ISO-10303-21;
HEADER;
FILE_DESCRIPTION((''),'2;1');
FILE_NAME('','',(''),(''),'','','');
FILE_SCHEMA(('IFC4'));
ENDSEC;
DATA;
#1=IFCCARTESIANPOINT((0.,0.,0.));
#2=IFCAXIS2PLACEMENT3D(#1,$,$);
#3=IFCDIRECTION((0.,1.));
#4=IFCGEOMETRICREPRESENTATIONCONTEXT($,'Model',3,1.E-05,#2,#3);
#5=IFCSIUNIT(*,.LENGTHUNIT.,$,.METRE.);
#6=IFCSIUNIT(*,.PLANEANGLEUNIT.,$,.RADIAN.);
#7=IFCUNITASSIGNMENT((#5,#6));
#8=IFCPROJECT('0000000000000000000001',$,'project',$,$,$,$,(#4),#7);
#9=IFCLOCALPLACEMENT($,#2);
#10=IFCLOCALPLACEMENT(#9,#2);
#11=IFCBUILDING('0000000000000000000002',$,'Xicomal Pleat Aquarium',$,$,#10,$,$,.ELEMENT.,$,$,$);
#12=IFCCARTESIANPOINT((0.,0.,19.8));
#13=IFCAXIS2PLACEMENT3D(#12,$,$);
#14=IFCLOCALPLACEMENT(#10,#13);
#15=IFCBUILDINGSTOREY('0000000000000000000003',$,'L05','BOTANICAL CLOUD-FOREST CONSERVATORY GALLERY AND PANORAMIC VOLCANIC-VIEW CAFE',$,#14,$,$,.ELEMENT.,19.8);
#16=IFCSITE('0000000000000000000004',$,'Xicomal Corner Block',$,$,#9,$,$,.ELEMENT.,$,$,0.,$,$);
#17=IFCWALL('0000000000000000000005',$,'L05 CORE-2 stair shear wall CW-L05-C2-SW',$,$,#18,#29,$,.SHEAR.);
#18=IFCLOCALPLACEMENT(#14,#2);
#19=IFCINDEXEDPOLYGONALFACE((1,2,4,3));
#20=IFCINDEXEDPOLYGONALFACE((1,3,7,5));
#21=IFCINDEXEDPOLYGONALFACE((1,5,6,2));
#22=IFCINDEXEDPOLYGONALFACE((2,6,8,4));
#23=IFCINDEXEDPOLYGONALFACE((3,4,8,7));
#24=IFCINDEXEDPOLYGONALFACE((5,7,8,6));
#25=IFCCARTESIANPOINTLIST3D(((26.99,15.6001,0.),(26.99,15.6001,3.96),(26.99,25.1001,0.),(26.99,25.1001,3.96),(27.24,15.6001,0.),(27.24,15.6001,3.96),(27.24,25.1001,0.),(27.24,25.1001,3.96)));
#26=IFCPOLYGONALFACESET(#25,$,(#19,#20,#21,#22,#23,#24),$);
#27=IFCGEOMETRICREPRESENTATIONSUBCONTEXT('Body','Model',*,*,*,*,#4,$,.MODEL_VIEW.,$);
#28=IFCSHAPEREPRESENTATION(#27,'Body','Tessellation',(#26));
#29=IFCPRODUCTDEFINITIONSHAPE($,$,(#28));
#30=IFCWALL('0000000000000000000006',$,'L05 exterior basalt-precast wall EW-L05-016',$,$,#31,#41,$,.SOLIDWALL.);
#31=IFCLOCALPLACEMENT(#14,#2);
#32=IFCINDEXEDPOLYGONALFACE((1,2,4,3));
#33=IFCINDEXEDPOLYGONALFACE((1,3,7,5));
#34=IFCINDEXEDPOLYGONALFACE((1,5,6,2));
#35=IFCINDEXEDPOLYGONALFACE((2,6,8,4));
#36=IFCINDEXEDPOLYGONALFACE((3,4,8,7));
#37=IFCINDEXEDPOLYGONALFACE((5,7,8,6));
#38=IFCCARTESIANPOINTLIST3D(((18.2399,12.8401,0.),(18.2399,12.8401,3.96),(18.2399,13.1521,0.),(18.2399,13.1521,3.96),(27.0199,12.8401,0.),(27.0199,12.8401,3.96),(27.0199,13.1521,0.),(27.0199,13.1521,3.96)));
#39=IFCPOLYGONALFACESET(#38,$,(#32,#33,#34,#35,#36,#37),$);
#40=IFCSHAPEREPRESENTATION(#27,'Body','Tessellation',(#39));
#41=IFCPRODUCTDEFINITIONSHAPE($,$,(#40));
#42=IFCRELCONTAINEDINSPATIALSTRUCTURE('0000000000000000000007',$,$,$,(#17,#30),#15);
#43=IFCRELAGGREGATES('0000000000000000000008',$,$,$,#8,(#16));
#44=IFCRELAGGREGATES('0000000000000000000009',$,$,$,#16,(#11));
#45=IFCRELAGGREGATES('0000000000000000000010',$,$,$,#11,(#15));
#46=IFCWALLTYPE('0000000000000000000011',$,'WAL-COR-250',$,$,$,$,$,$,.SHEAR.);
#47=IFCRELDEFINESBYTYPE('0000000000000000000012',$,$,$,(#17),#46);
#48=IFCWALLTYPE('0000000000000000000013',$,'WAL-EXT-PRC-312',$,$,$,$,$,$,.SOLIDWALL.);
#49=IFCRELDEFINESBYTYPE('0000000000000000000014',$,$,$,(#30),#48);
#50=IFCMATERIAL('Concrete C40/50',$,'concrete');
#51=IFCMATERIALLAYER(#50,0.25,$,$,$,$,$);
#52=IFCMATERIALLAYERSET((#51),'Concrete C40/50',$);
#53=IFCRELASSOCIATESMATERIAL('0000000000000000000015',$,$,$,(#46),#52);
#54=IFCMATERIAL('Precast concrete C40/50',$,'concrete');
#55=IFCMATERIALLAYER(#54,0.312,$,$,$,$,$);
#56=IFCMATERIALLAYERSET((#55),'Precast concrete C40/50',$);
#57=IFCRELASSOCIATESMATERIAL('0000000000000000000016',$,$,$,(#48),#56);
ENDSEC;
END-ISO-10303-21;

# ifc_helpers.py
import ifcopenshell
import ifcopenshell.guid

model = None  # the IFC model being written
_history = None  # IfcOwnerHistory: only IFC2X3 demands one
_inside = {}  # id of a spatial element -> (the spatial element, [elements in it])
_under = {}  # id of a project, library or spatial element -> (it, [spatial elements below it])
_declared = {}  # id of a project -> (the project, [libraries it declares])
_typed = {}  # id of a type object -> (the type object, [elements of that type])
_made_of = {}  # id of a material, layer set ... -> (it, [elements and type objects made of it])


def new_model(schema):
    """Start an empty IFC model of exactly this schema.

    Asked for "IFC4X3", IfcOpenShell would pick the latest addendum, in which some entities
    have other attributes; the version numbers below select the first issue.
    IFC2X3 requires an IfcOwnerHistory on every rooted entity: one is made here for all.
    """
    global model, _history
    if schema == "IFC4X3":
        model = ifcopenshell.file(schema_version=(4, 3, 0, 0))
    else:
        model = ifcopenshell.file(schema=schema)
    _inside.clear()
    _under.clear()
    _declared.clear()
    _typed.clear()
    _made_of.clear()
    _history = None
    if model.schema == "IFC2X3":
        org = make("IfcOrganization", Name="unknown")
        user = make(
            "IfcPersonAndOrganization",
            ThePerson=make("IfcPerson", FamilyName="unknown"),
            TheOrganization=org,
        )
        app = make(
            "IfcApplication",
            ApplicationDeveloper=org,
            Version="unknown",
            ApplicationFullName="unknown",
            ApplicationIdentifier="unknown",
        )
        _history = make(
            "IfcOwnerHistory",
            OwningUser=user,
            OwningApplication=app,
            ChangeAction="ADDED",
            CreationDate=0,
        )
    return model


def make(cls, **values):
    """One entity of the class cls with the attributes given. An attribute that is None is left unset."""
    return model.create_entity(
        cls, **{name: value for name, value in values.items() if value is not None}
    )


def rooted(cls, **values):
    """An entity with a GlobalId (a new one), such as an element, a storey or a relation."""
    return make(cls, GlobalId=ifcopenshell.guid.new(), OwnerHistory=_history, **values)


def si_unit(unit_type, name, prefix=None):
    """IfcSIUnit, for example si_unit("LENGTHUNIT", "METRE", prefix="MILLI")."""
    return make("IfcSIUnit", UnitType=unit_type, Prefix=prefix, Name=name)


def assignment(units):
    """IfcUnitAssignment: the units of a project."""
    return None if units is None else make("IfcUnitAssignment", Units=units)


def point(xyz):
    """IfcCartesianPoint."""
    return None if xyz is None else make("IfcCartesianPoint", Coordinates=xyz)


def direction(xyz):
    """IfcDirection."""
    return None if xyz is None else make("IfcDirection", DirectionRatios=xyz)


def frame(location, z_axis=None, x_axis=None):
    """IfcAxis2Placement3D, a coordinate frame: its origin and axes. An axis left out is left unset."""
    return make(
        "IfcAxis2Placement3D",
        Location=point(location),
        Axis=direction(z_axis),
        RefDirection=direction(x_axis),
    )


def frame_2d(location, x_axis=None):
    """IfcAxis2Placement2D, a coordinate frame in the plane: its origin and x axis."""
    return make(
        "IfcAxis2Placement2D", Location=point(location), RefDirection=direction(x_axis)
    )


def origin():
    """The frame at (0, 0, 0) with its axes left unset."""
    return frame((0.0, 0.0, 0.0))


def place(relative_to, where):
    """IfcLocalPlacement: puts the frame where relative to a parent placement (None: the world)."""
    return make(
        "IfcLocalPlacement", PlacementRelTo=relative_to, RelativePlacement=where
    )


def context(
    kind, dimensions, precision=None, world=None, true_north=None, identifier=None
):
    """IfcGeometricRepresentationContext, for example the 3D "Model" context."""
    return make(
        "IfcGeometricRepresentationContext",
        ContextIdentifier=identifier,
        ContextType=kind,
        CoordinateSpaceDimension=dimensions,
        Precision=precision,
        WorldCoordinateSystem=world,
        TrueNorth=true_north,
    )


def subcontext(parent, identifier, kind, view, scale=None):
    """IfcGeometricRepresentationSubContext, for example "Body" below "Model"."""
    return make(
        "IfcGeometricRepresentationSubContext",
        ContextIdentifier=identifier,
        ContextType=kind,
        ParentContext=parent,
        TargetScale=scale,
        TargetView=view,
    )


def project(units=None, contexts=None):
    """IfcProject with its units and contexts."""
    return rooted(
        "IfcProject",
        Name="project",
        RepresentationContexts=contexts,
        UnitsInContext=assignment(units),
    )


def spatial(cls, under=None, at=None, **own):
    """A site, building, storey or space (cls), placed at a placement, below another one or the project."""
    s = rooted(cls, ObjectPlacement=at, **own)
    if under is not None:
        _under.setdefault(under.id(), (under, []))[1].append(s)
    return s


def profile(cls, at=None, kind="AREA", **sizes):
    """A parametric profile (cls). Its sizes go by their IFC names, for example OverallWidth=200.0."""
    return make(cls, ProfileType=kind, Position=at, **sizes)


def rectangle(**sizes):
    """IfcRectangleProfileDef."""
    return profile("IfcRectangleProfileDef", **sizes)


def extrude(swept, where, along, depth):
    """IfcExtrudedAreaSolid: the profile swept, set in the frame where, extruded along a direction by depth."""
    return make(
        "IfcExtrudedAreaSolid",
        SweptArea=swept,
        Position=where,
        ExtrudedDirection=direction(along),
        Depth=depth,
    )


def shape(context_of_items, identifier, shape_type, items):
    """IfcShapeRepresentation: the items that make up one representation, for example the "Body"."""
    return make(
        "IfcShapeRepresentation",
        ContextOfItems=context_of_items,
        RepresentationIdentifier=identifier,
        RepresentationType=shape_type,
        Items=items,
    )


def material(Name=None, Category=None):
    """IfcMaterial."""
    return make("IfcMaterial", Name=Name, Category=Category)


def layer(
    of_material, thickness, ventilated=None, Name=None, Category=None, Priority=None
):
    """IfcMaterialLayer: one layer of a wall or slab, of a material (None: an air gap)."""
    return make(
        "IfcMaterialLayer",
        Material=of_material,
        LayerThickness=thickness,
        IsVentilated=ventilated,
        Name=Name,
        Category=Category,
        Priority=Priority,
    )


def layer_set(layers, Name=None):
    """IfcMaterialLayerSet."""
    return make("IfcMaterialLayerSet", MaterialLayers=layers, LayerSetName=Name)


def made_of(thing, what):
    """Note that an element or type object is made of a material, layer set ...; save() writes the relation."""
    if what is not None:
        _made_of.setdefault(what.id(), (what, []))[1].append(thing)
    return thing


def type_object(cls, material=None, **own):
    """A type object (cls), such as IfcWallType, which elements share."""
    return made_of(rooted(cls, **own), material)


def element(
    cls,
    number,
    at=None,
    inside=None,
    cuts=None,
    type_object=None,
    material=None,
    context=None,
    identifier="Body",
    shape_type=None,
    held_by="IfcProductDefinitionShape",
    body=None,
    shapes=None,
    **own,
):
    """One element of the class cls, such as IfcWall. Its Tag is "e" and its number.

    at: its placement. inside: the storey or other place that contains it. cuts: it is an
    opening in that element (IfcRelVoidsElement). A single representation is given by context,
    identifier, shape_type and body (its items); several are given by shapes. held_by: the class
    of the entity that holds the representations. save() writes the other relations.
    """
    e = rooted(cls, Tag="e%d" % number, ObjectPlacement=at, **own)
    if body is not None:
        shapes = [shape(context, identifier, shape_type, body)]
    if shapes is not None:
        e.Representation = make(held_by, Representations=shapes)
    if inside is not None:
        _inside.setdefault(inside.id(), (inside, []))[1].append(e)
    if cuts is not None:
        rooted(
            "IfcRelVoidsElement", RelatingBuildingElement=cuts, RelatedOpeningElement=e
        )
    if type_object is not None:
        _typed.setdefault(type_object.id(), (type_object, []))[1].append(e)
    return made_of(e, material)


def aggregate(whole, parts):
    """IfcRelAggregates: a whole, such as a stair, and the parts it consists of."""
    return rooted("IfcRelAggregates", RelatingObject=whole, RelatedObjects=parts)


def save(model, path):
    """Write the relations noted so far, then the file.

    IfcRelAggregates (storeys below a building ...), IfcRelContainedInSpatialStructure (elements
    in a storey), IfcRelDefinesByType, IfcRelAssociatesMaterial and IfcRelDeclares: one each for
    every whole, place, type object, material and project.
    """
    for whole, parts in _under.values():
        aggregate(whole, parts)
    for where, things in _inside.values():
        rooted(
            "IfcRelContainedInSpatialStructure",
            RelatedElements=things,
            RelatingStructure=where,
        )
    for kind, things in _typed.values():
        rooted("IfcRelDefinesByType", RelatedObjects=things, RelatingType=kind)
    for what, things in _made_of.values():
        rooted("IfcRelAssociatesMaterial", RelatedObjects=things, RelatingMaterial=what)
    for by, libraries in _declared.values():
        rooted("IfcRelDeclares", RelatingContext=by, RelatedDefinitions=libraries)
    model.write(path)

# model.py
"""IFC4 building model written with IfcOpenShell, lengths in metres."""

from ifc_helpers import new_model, si_unit, direction, frame, frame_2d, origin, place, context, subcontext, project, spatial, rectangle, extrude, material, layer, layer_set, type_object, element, save


model = new_model("IFC4")

# Units and contexts
model_context = context("Model", 3, precision=1e-05, world=origin(), true_north=direction((0.0, 1.0)))
body_context = subcontext(model_context, "Body", "Model", "MODEL_VIEW")
ifc_project = project(units=[si_unit("LENGTHUNIT", "METRE"), si_unit("PLANEANGLEUNIT", "RADIAN")], contexts=[model_context])

# Site, building, storey
site_placement = place(None, origin())
site = spatial("IfcSite", under=ifc_project, at=site_placement, Name="Xicomal Corner Block", CompositionType="ELEMENT", RefElevation=0.0)
building_placement = place(site_placement, origin())
building = spatial("IfcBuilding", under=site, at=building_placement, Name="Xicomal Pleat Aquarium", CompositionType="ELEMENT")
storey_placement = place(building_placement, frame((0.0, 0.0, 19.8)))
storey = spatial("IfcBuildingStorey", under=building, at=storey_placement, Name="L05", Description="BOTANICAL CLOUD-FOREST CONSERVATORY GALLERY AND PANORAMIC VOLCANIC-VIEW CAFE", CompositionType="ELEMENT", Elevation=19.8)

# Walls
ifc_material_1 = material(Name="Concrete C40/50", Category="concrete")
ifc_layer_1 = layer(ifc_material_1, 0.25)
ifc_layer_set_1 = layer_set([ifc_layer_1], Name="Concrete C40/50")
wall_type_1 = type_object("IfcWallType", Name="WAL-COR-250", PredefinedType="SHEAR", material=ifc_layer_set_1)
wall_1_placement = place(storey_placement, frame((27.115, 15.6001, 0.0), z_axis=(0.0, 0.0, 1.0), x_axis=(0.0, 1.0, 0.0)))
element("IfcWall", 1, at=wall_1_placement, inside=storey, type_object=wall_type_1, Name="L05 CORE-2 stair shear wall CW-L05-C2-SW", PredefinedType="SHEAR", context=body_context, shape_type="SweptSolid", body=[
    extrude(rectangle(XDim=9.5, YDim=0.25, at=frame_2d((4.75, 0.0))), origin(), (0.0, 0.0, 1.0), 3.96),
])
ifc_material_2 = material(Name="Precast concrete C40/50", Category="concrete")
ifc_layer_2 = layer(ifc_material_2, 0.312)
ifc_layer_set_2 = layer_set([ifc_layer_2], Name="Precast concrete C40/50")
wall_type_2 = type_object("IfcWallType", Name="WAL-EXT-PRC-312", PredefinedType="SOLIDWALL", material=ifc_layer_set_2)
wall_2_placement = place(storey_placement, frame((27.02, 12.9961, 0.0), z_axis=(0.0, 0.0, 1.0), x_axis=(-1.0, 0.0, 0.0)))
element("IfcWall", 2, at=wall_2_placement, inside=storey, type_object=wall_type_2, Name="L05 exterior basalt-precast wall EW-L05-016", PredefinedType="SOLIDWALL", context=body_context, shape_type="SweptSolid", body=[
    extrude(rectangle(XDim=8.78, YDim=0.312, at=frame_2d((4.3901, 0.0))), origin(), (0.0, 0.0, 1.0), 3.96),
])

save(model, "model.ifc")
